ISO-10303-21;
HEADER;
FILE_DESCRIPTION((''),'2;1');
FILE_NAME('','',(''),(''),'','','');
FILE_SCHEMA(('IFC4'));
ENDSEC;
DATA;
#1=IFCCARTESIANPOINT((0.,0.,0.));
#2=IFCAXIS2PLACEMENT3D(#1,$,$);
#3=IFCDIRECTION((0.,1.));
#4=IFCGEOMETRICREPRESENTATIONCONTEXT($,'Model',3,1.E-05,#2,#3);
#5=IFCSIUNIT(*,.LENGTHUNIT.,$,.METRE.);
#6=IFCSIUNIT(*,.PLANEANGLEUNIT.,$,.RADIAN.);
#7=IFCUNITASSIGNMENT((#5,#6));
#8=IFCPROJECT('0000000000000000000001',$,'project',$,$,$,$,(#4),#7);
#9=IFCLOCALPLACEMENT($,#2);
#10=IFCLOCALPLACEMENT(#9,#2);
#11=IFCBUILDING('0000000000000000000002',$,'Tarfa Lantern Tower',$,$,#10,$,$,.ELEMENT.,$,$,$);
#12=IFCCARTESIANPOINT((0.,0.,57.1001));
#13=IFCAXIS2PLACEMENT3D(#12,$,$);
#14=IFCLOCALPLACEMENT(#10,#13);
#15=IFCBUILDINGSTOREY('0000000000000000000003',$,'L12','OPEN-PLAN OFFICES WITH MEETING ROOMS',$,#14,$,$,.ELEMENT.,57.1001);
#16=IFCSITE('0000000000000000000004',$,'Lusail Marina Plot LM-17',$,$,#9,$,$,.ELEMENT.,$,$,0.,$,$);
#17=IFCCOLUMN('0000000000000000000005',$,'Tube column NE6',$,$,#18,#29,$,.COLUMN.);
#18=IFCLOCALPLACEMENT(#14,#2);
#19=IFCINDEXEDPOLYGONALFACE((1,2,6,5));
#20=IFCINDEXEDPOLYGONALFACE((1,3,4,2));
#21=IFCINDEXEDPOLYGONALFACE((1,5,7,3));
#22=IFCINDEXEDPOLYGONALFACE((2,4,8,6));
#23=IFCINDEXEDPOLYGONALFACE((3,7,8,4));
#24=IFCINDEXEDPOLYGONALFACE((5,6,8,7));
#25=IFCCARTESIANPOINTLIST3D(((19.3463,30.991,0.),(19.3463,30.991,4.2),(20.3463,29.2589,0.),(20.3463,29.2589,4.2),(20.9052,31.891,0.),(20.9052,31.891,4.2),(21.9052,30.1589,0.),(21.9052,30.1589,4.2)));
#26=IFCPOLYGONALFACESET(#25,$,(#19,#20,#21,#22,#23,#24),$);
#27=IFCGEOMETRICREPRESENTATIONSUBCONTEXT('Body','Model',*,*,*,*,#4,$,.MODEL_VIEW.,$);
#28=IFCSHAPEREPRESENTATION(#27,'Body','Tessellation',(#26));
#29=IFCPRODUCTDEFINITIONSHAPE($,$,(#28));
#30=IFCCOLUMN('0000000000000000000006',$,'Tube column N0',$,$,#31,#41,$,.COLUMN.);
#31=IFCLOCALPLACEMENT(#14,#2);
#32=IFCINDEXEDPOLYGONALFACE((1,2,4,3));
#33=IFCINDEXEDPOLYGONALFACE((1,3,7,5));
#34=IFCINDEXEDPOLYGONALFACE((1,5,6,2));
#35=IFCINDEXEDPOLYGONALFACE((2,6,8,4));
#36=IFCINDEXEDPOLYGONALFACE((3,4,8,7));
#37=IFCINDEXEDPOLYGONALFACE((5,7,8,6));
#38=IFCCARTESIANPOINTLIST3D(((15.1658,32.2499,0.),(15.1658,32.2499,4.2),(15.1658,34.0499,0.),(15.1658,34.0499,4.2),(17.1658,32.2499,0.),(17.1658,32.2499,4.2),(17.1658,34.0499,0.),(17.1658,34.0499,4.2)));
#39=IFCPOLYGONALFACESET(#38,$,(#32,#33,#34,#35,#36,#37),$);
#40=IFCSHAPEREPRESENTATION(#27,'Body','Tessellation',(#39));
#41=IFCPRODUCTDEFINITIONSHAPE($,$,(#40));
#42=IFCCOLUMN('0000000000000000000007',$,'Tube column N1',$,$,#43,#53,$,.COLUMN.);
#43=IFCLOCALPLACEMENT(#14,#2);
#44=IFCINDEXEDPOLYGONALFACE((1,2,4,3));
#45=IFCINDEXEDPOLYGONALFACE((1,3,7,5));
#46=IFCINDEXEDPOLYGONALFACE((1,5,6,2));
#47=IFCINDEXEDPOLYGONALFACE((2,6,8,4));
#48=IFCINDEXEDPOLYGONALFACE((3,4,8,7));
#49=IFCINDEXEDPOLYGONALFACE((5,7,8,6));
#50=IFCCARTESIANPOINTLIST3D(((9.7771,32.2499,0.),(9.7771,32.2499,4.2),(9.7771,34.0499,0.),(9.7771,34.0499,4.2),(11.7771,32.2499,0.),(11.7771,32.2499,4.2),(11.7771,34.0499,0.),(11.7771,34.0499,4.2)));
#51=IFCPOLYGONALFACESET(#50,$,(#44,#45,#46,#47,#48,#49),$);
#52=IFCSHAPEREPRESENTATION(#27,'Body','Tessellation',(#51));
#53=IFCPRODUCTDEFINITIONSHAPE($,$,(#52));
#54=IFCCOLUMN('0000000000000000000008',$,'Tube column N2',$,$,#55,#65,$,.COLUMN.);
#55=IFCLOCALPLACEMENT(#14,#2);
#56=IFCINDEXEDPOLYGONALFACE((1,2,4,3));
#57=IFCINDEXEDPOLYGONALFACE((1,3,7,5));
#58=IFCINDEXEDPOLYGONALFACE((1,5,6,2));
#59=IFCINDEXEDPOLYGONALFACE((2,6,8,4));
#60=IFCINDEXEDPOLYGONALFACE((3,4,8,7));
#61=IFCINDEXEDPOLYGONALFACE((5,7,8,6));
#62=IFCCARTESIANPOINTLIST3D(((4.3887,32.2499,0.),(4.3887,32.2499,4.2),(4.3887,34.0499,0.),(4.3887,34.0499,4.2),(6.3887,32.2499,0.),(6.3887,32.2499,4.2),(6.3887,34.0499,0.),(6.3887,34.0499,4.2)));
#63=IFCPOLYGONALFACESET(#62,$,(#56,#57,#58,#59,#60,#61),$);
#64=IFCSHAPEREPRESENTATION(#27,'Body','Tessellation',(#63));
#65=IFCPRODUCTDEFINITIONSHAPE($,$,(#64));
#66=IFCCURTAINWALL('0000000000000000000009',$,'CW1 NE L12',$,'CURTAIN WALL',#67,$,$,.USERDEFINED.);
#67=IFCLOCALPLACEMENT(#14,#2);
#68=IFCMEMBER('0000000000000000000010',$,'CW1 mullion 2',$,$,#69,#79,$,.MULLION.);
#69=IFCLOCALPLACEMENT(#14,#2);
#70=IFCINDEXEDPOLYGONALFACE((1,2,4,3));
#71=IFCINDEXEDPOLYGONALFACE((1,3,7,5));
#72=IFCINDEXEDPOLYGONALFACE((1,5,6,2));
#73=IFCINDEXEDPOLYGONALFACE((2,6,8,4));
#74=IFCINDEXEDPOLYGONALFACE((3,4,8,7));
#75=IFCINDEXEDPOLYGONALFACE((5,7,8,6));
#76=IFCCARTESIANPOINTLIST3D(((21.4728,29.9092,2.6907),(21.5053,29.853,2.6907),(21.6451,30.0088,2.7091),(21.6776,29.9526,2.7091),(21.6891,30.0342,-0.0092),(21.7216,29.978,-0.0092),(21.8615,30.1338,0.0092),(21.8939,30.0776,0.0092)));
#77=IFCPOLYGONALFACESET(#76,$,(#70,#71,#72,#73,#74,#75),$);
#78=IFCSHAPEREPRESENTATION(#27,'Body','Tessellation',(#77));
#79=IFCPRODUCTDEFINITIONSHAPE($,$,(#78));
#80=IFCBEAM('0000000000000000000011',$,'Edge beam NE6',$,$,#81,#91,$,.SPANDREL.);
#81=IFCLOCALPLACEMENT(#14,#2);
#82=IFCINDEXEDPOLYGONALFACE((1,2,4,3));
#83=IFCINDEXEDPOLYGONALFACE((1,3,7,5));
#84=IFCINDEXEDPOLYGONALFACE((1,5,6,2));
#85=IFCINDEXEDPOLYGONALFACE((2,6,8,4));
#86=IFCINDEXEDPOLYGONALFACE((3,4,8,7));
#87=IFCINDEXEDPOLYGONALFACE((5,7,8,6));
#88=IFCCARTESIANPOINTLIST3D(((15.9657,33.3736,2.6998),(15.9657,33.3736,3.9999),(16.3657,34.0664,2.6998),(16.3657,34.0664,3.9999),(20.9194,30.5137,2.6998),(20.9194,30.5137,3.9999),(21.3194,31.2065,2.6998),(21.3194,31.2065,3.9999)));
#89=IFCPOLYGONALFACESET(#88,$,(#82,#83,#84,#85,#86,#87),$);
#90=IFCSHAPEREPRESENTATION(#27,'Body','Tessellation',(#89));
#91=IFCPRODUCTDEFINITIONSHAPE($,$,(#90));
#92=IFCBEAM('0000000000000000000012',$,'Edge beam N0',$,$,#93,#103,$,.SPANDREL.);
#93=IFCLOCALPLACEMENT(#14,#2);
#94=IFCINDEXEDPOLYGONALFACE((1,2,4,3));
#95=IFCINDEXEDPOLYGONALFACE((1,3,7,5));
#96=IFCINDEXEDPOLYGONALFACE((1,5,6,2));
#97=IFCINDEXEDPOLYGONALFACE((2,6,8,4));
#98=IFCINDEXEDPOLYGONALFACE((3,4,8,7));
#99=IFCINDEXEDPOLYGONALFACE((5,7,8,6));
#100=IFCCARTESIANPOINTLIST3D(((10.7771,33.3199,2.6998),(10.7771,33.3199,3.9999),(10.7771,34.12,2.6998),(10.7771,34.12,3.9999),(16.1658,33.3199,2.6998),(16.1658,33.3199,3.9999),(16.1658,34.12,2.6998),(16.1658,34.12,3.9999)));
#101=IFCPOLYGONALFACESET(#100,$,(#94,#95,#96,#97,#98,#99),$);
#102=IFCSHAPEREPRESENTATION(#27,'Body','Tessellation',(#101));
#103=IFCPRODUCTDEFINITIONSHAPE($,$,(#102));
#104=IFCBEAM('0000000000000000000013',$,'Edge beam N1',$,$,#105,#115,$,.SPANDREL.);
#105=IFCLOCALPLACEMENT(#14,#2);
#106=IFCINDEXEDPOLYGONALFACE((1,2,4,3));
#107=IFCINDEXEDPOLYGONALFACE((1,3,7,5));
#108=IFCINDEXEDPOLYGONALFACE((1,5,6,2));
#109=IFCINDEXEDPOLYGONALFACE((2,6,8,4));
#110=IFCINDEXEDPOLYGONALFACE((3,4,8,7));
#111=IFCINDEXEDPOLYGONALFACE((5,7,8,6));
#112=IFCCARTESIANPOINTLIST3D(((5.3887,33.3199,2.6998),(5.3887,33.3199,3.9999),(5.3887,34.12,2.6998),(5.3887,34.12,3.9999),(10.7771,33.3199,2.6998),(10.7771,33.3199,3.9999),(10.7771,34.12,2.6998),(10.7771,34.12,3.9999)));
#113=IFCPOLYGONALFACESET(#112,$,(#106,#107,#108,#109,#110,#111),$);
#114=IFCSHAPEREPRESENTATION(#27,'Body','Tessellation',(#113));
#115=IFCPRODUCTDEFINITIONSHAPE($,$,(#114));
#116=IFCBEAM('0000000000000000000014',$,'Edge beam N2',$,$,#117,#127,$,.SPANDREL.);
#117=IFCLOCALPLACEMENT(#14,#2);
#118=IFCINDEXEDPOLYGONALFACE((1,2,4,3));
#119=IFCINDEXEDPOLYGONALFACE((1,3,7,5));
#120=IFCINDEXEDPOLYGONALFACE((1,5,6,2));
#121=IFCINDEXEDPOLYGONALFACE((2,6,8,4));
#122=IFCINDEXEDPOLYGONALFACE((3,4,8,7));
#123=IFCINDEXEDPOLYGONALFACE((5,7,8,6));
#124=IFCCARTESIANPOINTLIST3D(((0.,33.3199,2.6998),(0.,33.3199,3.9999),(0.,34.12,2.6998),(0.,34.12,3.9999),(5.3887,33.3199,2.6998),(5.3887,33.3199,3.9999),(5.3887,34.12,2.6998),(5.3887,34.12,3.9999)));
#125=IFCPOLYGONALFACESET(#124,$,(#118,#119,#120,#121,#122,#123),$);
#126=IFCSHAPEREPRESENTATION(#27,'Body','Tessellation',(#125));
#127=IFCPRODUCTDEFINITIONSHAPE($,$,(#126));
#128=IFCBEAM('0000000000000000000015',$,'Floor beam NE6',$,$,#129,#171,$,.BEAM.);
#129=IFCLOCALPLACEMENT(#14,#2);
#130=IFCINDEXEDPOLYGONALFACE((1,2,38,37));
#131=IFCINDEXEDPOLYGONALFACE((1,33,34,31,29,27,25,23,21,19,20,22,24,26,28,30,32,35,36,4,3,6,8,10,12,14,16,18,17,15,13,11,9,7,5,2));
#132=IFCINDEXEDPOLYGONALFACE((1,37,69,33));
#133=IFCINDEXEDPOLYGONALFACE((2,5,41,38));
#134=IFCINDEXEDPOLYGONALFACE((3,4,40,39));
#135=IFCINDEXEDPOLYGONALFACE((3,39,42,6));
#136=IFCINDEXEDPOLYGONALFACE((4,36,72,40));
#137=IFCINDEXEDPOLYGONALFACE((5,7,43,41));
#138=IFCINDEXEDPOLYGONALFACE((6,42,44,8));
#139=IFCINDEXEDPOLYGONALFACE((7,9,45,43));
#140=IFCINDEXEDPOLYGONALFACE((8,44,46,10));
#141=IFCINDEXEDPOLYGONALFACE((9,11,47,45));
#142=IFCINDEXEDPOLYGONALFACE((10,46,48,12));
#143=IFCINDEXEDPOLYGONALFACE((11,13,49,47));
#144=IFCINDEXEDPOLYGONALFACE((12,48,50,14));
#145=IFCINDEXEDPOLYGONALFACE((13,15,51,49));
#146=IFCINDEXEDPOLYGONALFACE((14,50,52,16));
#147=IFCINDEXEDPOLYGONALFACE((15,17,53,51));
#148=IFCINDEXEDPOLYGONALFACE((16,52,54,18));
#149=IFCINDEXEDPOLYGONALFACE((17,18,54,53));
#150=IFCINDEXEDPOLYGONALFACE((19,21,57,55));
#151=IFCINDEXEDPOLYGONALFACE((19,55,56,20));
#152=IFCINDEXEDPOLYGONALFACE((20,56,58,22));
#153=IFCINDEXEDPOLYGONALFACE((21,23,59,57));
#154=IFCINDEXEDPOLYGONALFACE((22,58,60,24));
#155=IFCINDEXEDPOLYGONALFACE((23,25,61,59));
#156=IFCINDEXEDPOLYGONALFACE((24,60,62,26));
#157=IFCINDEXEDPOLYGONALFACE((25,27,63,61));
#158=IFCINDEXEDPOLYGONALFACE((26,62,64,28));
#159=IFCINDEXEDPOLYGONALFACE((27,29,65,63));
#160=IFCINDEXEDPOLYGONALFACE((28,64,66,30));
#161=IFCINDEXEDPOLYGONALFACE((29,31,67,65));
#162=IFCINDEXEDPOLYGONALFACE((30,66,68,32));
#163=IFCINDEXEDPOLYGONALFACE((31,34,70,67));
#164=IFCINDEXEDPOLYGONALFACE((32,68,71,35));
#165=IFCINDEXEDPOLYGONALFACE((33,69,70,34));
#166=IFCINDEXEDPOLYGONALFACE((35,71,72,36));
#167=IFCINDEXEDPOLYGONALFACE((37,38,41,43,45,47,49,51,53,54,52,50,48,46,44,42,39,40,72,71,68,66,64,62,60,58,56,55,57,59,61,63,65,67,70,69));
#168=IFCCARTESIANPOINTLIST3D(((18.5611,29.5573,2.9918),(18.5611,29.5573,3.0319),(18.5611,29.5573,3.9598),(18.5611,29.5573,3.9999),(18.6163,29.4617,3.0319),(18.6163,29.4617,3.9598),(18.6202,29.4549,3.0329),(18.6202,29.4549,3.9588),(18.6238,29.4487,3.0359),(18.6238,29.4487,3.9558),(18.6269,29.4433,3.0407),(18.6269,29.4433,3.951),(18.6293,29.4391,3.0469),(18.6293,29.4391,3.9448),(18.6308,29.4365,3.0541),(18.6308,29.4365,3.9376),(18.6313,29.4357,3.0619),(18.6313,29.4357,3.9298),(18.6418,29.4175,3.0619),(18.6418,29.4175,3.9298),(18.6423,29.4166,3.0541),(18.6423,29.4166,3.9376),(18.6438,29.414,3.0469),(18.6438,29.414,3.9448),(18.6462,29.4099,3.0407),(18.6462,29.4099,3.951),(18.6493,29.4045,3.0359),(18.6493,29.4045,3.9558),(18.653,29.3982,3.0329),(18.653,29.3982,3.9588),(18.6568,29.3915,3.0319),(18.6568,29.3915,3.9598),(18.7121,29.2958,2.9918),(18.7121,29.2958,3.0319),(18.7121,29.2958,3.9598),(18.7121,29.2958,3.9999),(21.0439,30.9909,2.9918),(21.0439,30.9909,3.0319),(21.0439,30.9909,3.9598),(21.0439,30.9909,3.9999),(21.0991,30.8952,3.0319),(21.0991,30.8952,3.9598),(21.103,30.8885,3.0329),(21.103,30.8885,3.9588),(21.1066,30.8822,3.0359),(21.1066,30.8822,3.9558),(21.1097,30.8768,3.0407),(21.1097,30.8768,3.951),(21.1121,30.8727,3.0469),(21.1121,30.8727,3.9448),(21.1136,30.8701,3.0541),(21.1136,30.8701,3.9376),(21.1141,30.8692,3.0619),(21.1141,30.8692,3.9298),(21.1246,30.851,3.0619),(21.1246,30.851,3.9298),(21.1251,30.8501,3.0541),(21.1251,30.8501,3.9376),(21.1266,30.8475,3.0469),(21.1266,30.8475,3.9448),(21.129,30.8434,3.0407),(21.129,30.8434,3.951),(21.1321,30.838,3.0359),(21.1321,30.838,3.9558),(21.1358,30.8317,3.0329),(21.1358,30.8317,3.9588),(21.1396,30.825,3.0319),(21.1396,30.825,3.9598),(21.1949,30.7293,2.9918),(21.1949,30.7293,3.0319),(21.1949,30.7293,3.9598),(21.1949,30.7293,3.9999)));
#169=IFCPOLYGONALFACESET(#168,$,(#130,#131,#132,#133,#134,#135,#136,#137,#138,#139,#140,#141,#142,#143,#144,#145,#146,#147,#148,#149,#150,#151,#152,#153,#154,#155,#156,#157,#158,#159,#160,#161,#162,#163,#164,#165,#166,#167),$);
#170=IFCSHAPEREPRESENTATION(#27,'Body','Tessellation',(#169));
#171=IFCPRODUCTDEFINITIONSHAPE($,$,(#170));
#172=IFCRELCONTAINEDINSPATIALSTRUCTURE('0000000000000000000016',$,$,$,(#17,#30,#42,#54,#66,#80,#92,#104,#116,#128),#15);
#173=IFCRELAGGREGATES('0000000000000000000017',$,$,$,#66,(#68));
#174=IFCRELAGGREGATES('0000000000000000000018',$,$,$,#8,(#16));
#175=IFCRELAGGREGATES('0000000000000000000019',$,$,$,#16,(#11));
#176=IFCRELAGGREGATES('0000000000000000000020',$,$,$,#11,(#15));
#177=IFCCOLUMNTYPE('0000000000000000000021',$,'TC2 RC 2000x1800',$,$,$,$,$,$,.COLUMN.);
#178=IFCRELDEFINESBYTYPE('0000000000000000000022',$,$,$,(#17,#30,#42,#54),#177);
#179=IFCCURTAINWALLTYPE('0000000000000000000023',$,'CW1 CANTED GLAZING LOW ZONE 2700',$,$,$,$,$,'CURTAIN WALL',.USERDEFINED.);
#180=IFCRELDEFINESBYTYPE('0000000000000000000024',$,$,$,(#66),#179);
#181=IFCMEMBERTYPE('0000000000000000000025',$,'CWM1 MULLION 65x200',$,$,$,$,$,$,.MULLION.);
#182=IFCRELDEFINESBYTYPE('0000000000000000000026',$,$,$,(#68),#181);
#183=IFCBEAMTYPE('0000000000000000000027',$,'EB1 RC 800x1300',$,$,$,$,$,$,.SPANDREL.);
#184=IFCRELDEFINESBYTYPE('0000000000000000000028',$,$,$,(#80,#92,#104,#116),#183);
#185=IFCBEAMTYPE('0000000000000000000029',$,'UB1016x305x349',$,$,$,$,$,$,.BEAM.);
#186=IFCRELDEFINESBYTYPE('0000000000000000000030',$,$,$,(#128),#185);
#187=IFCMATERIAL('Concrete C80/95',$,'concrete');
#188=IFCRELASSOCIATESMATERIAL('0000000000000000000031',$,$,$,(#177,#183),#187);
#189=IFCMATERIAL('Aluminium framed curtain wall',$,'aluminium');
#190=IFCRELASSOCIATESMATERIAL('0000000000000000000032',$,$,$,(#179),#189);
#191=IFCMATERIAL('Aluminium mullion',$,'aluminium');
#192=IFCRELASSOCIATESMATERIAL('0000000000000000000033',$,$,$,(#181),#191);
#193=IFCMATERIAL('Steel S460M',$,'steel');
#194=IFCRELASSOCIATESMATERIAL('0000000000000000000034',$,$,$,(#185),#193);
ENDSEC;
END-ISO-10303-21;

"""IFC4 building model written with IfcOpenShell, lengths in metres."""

from ifc_helpers import new_model, si_unit, direction, frame, origin, origin_2d, place, context, subcontext, project, spatial, rectangle, i_section, extrude, material, material_profile, profile_set, type_object, element, aggregate, save


model = new_model("IFC4")

# Units and contexts
model_context = context("Model", 3, precision=1e-05, world=origin(), true_north=direction((0.0, 1.0)))
body_context = subcontext(model_context, "Body", "Model", "MODEL_VIEW")
ifc_project = project(units=[si_unit("LENGTHUNIT", "METRE"), si_unit("PLANEANGLEUNIT", "RADIAN")], contexts=[model_context])

# Site, building, storey
site_placement = place(None, origin())
site = spatial("IfcSite", under=ifc_project, at=site_placement, Name="Lusail Marina Plot LM-17", CompositionType="ELEMENT", RefElevation=0.0)
building_placement = place(site_placement, origin())
building = spatial("IfcBuilding", under=site, at=building_placement, Name="Tarfa Lantern Tower", CompositionType="ELEMENT")
storey_placement = place(building_placement, frame((0.0, 0.0, 57.1001)))
storey = spatial("IfcBuildingStorey", under=building, at=storey_placement, Name="L12", Description="OPEN-PLAN OFFICES WITH MEETING ROOMS", CompositionType="ELEMENT", Elevation=57.1001)

# Columns
ifc_material_1 = material(Name="Concrete C80/95", Category="concrete")
ifc_material_profile_1 = material_profile(ifc_material_1, rectangle(XDim=2.0, YDim=1.8, at=origin_2d()), Name="RC 2000x1800")
ifc_profile_set_1 = profile_set([ifc_material_profile_1], Name="Concrete C80/95")
column_type = type_object("IfcColumnType", Name="TC2 RC 2000x1800", PredefinedType="COLUMN", material=ifc_profile_set_1)
for number, where, z_axis, x_axis, name in (
    (1, (20.6257, 30.575, 0.0), (0.0, 0.0, 1.0), (-0.5, 0.866025, 0.0), "Tube column NE6"),
    (2, (16.1658, 33.1499, 0.0), (0.0, 0.0, 1.0), (-1.0, 0.0, 0.0), "Tube column N0"),
    (3, (10.7771, 33.1499, 0.0), (0.0, 0.0, 1.0), (-1.0, 0.0, 0.0), "Tube column N1"),
    (4, (5.3887, 33.1499, 0.0), (0.0, 0.0, 1.0), (-1.0, 0.0, 0.0), "Tube column N2"),
):
    element("IfcColumn", number, at=place(storey_placement, frame(where, z_axis=z_axis, x_axis=x_axis)), inside=storey, type_object=column_type, Name=name, PredefinedType="COLUMN", context=body_context, shape_type="SweptSolid", body=[
        extrude(rectangle(XDim=2.0, YDim=1.8, at=origin_2d()), origin(), (0.0, 0.0, 1.0), 4.2),
    ])

# Curtain wall, member
ifc_material_2 = material(Name="Aluminium framed curtain wall", Category="aluminium")
curtain_wall_type = type_object("IfcCurtainWallType", Name="CW1 CANTED GLAZING LOW ZONE 2700", ElementType="CURTAIN WALL", PredefinedType="USERDEFINED", material=ifc_material_2)
curtain_wall_placement = place(storey_placement, origin())
curtain_wall = element("IfcCurtainWall", 5, at=curtain_wall_placement, inside=storey, type_object=curtain_wall_type, Name="CW1 NE L12", ObjectType="CURTAIN WALL", PredefinedType="USERDEFINED")
ifc_material_3 = material(Name="Aluminium mullion", Category="aluminium")
ifc_material_profile_2 = material_profile(ifc_material_3, rectangle(XDim=0.0649, YDim=0.2, at=origin_2d()), Name="AL MULLION 65x200")
ifc_profile_set_2 = profile_set([ifc_material_profile_2], Name="Aluminium mullion")
member_type = type_object("IfcMemberType", Name="CWM1 MULLION 65x200", PredefinedType="MULLION", material=ifc_profile_set_2)
member_placement = place(storey_placement, frame((21.7915, 30.0559, 0.0), z_axis=(-0.079775, -0.0461, 0.995746), x_axis=(0.500343, -0.865827, 0.0)))
member = element("IfcMember", 6, at=member_placement, type_object=member_type, Name="CW1 mullion 2", PredefinedType="MULLION", context=body_context, shape_type="SweptSolid", body=[
    extrude(rectangle(XDim=0.0649, YDim=0.2, at=origin_2d()), origin(), (0.0, 0.0, 1.0), 2.7114),
])
aggregate(curtain_wall, [member])

# Beams
ifc_material_profile_3 = material_profile(ifc_material_1, rectangle(XDim=0.8, YDim=1.3, at=origin_2d()), Name="RC 800x1300")
ifc_profile_set_3 = profile_set([ifc_material_profile_3], Name="Concrete C80/95")
beam_type_1 = type_object("IfcBeamType", Name="EB1 RC 800x1300", PredefinedType="SPANDREL", material=ifc_profile_set_3)
beam_1_placement = place(storey_placement, frame((21.1194, 30.8601, 3.3499), z_axis=(-0.866033, 0.499986, 0.0), x_axis=(-0.499986, -0.866033, 0.0)))
element("IfcBeam", 7, at=beam_1_placement, inside=storey, type_object=beam_type_1, Name="Edge beam NE6", PredefinedType="SPANDREL", context=body_context, shape_type="SweptSolid", body=[
    extrude(rectangle(XDim=0.8, YDim=1.3, at=origin_2d()), origin(), (0.0, 0.0, 1.0), 5.72),
])
beam_2_placement = place(storey_placement, frame((16.1658, 33.72, 3.3499), z_axis=(-1.0, 0.0, 0.0), x_axis=(0.0, -1.0, 0.0)))
element("IfcBeam", 8, at=beam_2_placement, inside=storey, type_object=beam_type_1, Name="Edge beam N0", PredefinedType="SPANDREL", context=body_context, shape_type="SweptSolid", body=[
    extrude(rectangle(XDim=0.8, YDim=1.3, at=origin_2d()), origin(), (0.0, 0.0, 1.0), 5.3887),
])
beam_3_placement = place(storey_placement, frame((10.7771, 33.72, 3.3499), z_axis=(-1.0, 0.0, 0.0), x_axis=(0.0, -1.0, 0.0)))
element("IfcBeam", 9, at=beam_3_placement, inside=storey, type_object=beam_type_1, Name="Edge beam N1", PredefinedType="SPANDREL", context=body_context, shape_type="SweptSolid", body=[
    extrude(rectangle(XDim=0.8, YDim=1.3, at=origin_2d()), origin(), (0.0, 0.0, 1.0), 5.3884),
])
beam_4_placement = place(storey_placement, frame((5.3887, 33.72, 3.3499), z_axis=(-1.0, 0.0, 0.0), x_axis=(0.0, -1.0, 0.0)))
element("IfcBeam", 10, at=beam_4_placement, inside=storey, type_object=beam_type_1, Name="Edge beam N2", PredefinedType="SPANDREL", context=body_context, shape_type="SweptSolid", body=[
    extrude(rectangle(XDim=0.8, YDim=1.3, at=origin_2d()), origin(), (0.0, 0.0, 1.0), 5.3887),
])
ifc_material_4 = material(Name="Steel S460M", Category="steel")
ifc_material_profile_4 = material_profile(ifc_material_4, i_section(OverallWidth=0.302, OverallDepth=1.0081, WebThickness=0.021, FlangeThickness=0.04, FilletRadius=0.03, at=origin_2d()), Name="UB1016x305x349")
ifc_profile_set_4 = profile_set([ifc_material_profile_4], Name="Steel S460M")
beam_type_2 = type_object("IfcBeamType", Name="UB1016x305x349", PredefinedType="BEAM", material=ifc_profile_set_4)
beam_5_placement = place(storey_placement, frame((21.1194, 30.8601, 3.4958), z_axis=(-0.866013, -0.500022, 0.0), x_axis=(0.500022, -0.866013, 0.0)))
element("IfcBeam", 11, at=beam_5_placement, inside=storey, type_object=beam_type_2, Name="Floor beam NE6", PredefinedType="BEAM", context=body_context, shape_type="SweptSolid", body=[
    extrude(i_section(OverallWidth=0.302, OverallDepth=1.0081, WebThickness=0.021, FlangeThickness=0.04, FilletRadius=0.03, at=origin_2d()), origin(), (0.0, 0.0, 1.0), 2.8669),
])

save(model, "model.ifc")
